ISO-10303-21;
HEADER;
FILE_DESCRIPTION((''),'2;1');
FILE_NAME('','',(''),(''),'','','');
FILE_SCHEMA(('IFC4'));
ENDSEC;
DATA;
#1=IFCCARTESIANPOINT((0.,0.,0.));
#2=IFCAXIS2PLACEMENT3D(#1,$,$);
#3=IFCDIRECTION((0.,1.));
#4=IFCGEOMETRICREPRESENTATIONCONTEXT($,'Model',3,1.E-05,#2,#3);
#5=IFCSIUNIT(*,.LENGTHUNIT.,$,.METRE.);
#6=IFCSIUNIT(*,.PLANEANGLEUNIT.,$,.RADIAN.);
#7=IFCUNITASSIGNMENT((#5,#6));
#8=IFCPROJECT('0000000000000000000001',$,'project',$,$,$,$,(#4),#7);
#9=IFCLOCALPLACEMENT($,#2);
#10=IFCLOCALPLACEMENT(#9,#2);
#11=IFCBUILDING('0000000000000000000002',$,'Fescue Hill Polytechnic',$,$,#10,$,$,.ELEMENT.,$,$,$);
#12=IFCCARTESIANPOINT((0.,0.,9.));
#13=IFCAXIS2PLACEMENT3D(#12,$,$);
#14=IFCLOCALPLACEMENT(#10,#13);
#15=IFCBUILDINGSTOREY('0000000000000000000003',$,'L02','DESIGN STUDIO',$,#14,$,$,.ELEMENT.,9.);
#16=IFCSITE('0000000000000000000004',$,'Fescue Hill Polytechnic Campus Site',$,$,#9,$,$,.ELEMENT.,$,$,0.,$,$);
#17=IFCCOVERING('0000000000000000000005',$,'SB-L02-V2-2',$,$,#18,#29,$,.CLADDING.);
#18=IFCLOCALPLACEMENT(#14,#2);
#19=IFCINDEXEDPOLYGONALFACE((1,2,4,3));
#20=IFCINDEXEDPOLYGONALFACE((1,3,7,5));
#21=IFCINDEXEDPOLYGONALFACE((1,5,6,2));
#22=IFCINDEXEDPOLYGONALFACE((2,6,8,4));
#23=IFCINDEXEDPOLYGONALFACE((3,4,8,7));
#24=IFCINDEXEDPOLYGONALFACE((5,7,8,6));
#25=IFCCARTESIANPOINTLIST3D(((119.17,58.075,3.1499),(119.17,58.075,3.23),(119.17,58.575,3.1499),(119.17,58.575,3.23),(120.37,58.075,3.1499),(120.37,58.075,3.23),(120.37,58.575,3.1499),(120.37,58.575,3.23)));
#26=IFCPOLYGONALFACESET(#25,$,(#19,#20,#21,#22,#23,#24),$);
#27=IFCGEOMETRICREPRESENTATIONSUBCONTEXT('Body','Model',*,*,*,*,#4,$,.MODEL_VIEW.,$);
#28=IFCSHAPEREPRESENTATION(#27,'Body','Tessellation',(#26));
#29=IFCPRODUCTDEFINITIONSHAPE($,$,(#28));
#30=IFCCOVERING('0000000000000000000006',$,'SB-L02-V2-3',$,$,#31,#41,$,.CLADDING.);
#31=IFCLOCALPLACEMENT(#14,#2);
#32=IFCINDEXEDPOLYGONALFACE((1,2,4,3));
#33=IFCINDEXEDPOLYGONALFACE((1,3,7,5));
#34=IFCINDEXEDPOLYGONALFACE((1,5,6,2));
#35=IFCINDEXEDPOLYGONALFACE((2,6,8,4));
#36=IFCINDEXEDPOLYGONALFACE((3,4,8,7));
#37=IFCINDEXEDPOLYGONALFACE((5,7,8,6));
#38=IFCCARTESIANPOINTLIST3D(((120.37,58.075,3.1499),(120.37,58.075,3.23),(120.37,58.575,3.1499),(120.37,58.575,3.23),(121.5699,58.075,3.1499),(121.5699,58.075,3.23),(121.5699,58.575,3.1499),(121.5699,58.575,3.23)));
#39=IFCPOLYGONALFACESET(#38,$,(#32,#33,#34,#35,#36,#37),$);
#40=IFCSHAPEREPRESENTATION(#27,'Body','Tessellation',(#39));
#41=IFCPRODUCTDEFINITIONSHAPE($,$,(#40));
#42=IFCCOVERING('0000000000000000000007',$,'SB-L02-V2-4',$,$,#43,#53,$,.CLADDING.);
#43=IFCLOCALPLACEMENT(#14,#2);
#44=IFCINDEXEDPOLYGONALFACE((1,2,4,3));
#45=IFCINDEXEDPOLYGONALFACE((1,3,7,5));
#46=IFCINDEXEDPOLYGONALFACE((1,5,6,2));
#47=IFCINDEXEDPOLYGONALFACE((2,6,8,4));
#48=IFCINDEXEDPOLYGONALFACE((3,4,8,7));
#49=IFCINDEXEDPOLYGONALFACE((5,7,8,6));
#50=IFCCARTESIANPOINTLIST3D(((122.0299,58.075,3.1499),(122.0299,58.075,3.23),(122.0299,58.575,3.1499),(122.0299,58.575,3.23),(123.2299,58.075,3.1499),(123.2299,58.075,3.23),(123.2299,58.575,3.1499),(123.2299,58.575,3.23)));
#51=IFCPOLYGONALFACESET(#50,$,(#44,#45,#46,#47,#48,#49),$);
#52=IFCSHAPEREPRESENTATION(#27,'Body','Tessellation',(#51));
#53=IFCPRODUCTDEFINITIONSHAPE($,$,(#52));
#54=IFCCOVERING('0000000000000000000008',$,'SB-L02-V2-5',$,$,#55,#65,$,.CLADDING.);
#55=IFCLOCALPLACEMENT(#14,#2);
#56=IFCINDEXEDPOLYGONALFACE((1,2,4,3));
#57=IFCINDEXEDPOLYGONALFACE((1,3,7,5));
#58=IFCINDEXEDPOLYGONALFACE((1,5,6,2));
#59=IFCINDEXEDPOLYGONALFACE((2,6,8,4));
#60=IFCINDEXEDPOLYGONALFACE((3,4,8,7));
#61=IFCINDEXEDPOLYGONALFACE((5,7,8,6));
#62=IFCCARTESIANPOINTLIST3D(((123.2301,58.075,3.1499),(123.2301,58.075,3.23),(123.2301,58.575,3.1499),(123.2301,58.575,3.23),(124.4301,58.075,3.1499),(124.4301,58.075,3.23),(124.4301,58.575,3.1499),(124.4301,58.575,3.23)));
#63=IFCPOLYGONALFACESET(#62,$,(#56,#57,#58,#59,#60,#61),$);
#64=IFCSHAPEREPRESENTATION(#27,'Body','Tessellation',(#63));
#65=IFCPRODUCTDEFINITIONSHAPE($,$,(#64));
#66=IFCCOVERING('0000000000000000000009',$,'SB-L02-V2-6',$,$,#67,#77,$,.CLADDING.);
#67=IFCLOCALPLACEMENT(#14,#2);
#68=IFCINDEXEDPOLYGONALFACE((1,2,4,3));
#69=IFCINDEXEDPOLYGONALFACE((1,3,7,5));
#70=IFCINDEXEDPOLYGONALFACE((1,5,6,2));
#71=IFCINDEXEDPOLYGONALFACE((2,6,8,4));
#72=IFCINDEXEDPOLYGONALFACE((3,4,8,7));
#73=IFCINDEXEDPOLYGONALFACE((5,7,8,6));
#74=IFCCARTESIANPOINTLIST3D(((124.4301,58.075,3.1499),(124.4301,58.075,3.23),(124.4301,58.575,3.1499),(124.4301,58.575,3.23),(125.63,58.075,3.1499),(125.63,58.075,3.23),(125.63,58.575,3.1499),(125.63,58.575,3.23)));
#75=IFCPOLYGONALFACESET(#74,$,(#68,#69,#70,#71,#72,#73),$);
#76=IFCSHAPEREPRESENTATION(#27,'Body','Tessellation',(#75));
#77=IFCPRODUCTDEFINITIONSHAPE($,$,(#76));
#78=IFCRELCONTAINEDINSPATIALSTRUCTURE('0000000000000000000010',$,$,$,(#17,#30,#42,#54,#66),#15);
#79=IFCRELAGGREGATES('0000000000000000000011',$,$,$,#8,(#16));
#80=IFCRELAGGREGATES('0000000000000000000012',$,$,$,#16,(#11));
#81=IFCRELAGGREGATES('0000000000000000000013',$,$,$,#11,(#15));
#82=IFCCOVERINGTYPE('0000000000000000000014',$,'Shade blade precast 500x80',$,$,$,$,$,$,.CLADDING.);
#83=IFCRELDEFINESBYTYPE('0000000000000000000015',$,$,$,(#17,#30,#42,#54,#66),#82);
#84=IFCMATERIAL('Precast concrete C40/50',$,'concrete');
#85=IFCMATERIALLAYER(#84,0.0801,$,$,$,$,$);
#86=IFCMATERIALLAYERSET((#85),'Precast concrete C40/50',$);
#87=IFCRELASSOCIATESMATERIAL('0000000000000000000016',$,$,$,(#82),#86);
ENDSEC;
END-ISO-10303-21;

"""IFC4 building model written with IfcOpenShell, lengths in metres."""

from ifc_helpers import new_model, si_unit, direction, frame, origin, origin_2d, place, context, subcontext, project, spatial, rectangle, extrude, material, layer, layer_set, type_object, element, save


model = new_model("IFC4")

# Units and contexts
model_context = context("Model", 3, precision=1e-05, world=origin(), true_north=direction((0.0, 1.0)))
body_context = subcontext(model_context, "Body", "Model", "MODEL_VIEW")
ifc_project = project(units=[si_unit("LENGTHUNIT", "METRE"), si_unit("PLANEANGLEUNIT", "RADIAN")], contexts=[model_context])

# Site, building, storey
site_placement = place(None, origin())
site = spatial("IfcSite", under=ifc_project, at=site_placement, Name="Fescue Hill Polytechnic Campus Site", CompositionType="ELEMENT", RefElevation=0.0)
building_placement = place(site_placement, origin())
building = spatial("IfcBuilding", under=site, at=building_placement, Name="Fescue Hill Polytechnic", CompositionType="ELEMENT")
storey_placement = place(building_placement, frame((0.0, 0.0, 9.0)))
storey = spatial("IfcBuildingStorey", under=building, at=storey_placement, Name="L02", Description="DESIGN STUDIO", CompositionType="ELEMENT", Elevation=9.0)

# Coverings
ifc_material_1 = material(Name="Precast concrete C40/50", Category="concrete")
ifc_layer_1 = layer(ifc_material_1, 0.0801)
ifc_layer_set_1 = layer_set([ifc_layer_1], Name="Precast concrete C40/50")
covering_type = type_object("IfcCoveringType", Name="Shade blade precast 500x80", PredefinedType="CLADDING", material=ifc_layer_set_1)
for number, where, z_axis, x_axis, name in (
    (1, (119.77, 58.325, 3.1499), (0.0, 0.0, 1.0), (1.0, 0.0, 0.0), "SB-L02-V2-2"),
    (2, (120.97, 58.325, 3.1499), (0.0, 0.0, 1.0), (1.0, 0.0, 0.0), "SB-L02-V2-3"),
    (3, (122.6299, 58.325, 3.1499), (0.0, 0.0, 1.0), (1.0, 0.0, 0.0), "SB-L02-V2-4"),
    (4, (123.8301, 58.325, 3.1499), (0.0, 0.0, 1.0), (1.0, 0.0, 0.0), "SB-L02-V2-5"),
    (5, (125.03, 58.325, 3.1499), (0.0, 0.0, 1.0), (1.0, 0.0, 0.0), "SB-L02-V2-6"),
):
    element("IfcCovering", number, at=place(storey_placement, frame(where, z_axis=z_axis, x_axis=x_axis)), inside=storey, type_object=covering_type, Name=name, PredefinedType="CLADDING", context=body_context, shape_type="SweptSolid", body=[
        extrude(rectangle(XDim=1.2, YDim=0.5, at=origin_2d()), origin(), (0.0, 0.0, 1.0), 0.0801),
    ])

save(model, "model.ifc")
